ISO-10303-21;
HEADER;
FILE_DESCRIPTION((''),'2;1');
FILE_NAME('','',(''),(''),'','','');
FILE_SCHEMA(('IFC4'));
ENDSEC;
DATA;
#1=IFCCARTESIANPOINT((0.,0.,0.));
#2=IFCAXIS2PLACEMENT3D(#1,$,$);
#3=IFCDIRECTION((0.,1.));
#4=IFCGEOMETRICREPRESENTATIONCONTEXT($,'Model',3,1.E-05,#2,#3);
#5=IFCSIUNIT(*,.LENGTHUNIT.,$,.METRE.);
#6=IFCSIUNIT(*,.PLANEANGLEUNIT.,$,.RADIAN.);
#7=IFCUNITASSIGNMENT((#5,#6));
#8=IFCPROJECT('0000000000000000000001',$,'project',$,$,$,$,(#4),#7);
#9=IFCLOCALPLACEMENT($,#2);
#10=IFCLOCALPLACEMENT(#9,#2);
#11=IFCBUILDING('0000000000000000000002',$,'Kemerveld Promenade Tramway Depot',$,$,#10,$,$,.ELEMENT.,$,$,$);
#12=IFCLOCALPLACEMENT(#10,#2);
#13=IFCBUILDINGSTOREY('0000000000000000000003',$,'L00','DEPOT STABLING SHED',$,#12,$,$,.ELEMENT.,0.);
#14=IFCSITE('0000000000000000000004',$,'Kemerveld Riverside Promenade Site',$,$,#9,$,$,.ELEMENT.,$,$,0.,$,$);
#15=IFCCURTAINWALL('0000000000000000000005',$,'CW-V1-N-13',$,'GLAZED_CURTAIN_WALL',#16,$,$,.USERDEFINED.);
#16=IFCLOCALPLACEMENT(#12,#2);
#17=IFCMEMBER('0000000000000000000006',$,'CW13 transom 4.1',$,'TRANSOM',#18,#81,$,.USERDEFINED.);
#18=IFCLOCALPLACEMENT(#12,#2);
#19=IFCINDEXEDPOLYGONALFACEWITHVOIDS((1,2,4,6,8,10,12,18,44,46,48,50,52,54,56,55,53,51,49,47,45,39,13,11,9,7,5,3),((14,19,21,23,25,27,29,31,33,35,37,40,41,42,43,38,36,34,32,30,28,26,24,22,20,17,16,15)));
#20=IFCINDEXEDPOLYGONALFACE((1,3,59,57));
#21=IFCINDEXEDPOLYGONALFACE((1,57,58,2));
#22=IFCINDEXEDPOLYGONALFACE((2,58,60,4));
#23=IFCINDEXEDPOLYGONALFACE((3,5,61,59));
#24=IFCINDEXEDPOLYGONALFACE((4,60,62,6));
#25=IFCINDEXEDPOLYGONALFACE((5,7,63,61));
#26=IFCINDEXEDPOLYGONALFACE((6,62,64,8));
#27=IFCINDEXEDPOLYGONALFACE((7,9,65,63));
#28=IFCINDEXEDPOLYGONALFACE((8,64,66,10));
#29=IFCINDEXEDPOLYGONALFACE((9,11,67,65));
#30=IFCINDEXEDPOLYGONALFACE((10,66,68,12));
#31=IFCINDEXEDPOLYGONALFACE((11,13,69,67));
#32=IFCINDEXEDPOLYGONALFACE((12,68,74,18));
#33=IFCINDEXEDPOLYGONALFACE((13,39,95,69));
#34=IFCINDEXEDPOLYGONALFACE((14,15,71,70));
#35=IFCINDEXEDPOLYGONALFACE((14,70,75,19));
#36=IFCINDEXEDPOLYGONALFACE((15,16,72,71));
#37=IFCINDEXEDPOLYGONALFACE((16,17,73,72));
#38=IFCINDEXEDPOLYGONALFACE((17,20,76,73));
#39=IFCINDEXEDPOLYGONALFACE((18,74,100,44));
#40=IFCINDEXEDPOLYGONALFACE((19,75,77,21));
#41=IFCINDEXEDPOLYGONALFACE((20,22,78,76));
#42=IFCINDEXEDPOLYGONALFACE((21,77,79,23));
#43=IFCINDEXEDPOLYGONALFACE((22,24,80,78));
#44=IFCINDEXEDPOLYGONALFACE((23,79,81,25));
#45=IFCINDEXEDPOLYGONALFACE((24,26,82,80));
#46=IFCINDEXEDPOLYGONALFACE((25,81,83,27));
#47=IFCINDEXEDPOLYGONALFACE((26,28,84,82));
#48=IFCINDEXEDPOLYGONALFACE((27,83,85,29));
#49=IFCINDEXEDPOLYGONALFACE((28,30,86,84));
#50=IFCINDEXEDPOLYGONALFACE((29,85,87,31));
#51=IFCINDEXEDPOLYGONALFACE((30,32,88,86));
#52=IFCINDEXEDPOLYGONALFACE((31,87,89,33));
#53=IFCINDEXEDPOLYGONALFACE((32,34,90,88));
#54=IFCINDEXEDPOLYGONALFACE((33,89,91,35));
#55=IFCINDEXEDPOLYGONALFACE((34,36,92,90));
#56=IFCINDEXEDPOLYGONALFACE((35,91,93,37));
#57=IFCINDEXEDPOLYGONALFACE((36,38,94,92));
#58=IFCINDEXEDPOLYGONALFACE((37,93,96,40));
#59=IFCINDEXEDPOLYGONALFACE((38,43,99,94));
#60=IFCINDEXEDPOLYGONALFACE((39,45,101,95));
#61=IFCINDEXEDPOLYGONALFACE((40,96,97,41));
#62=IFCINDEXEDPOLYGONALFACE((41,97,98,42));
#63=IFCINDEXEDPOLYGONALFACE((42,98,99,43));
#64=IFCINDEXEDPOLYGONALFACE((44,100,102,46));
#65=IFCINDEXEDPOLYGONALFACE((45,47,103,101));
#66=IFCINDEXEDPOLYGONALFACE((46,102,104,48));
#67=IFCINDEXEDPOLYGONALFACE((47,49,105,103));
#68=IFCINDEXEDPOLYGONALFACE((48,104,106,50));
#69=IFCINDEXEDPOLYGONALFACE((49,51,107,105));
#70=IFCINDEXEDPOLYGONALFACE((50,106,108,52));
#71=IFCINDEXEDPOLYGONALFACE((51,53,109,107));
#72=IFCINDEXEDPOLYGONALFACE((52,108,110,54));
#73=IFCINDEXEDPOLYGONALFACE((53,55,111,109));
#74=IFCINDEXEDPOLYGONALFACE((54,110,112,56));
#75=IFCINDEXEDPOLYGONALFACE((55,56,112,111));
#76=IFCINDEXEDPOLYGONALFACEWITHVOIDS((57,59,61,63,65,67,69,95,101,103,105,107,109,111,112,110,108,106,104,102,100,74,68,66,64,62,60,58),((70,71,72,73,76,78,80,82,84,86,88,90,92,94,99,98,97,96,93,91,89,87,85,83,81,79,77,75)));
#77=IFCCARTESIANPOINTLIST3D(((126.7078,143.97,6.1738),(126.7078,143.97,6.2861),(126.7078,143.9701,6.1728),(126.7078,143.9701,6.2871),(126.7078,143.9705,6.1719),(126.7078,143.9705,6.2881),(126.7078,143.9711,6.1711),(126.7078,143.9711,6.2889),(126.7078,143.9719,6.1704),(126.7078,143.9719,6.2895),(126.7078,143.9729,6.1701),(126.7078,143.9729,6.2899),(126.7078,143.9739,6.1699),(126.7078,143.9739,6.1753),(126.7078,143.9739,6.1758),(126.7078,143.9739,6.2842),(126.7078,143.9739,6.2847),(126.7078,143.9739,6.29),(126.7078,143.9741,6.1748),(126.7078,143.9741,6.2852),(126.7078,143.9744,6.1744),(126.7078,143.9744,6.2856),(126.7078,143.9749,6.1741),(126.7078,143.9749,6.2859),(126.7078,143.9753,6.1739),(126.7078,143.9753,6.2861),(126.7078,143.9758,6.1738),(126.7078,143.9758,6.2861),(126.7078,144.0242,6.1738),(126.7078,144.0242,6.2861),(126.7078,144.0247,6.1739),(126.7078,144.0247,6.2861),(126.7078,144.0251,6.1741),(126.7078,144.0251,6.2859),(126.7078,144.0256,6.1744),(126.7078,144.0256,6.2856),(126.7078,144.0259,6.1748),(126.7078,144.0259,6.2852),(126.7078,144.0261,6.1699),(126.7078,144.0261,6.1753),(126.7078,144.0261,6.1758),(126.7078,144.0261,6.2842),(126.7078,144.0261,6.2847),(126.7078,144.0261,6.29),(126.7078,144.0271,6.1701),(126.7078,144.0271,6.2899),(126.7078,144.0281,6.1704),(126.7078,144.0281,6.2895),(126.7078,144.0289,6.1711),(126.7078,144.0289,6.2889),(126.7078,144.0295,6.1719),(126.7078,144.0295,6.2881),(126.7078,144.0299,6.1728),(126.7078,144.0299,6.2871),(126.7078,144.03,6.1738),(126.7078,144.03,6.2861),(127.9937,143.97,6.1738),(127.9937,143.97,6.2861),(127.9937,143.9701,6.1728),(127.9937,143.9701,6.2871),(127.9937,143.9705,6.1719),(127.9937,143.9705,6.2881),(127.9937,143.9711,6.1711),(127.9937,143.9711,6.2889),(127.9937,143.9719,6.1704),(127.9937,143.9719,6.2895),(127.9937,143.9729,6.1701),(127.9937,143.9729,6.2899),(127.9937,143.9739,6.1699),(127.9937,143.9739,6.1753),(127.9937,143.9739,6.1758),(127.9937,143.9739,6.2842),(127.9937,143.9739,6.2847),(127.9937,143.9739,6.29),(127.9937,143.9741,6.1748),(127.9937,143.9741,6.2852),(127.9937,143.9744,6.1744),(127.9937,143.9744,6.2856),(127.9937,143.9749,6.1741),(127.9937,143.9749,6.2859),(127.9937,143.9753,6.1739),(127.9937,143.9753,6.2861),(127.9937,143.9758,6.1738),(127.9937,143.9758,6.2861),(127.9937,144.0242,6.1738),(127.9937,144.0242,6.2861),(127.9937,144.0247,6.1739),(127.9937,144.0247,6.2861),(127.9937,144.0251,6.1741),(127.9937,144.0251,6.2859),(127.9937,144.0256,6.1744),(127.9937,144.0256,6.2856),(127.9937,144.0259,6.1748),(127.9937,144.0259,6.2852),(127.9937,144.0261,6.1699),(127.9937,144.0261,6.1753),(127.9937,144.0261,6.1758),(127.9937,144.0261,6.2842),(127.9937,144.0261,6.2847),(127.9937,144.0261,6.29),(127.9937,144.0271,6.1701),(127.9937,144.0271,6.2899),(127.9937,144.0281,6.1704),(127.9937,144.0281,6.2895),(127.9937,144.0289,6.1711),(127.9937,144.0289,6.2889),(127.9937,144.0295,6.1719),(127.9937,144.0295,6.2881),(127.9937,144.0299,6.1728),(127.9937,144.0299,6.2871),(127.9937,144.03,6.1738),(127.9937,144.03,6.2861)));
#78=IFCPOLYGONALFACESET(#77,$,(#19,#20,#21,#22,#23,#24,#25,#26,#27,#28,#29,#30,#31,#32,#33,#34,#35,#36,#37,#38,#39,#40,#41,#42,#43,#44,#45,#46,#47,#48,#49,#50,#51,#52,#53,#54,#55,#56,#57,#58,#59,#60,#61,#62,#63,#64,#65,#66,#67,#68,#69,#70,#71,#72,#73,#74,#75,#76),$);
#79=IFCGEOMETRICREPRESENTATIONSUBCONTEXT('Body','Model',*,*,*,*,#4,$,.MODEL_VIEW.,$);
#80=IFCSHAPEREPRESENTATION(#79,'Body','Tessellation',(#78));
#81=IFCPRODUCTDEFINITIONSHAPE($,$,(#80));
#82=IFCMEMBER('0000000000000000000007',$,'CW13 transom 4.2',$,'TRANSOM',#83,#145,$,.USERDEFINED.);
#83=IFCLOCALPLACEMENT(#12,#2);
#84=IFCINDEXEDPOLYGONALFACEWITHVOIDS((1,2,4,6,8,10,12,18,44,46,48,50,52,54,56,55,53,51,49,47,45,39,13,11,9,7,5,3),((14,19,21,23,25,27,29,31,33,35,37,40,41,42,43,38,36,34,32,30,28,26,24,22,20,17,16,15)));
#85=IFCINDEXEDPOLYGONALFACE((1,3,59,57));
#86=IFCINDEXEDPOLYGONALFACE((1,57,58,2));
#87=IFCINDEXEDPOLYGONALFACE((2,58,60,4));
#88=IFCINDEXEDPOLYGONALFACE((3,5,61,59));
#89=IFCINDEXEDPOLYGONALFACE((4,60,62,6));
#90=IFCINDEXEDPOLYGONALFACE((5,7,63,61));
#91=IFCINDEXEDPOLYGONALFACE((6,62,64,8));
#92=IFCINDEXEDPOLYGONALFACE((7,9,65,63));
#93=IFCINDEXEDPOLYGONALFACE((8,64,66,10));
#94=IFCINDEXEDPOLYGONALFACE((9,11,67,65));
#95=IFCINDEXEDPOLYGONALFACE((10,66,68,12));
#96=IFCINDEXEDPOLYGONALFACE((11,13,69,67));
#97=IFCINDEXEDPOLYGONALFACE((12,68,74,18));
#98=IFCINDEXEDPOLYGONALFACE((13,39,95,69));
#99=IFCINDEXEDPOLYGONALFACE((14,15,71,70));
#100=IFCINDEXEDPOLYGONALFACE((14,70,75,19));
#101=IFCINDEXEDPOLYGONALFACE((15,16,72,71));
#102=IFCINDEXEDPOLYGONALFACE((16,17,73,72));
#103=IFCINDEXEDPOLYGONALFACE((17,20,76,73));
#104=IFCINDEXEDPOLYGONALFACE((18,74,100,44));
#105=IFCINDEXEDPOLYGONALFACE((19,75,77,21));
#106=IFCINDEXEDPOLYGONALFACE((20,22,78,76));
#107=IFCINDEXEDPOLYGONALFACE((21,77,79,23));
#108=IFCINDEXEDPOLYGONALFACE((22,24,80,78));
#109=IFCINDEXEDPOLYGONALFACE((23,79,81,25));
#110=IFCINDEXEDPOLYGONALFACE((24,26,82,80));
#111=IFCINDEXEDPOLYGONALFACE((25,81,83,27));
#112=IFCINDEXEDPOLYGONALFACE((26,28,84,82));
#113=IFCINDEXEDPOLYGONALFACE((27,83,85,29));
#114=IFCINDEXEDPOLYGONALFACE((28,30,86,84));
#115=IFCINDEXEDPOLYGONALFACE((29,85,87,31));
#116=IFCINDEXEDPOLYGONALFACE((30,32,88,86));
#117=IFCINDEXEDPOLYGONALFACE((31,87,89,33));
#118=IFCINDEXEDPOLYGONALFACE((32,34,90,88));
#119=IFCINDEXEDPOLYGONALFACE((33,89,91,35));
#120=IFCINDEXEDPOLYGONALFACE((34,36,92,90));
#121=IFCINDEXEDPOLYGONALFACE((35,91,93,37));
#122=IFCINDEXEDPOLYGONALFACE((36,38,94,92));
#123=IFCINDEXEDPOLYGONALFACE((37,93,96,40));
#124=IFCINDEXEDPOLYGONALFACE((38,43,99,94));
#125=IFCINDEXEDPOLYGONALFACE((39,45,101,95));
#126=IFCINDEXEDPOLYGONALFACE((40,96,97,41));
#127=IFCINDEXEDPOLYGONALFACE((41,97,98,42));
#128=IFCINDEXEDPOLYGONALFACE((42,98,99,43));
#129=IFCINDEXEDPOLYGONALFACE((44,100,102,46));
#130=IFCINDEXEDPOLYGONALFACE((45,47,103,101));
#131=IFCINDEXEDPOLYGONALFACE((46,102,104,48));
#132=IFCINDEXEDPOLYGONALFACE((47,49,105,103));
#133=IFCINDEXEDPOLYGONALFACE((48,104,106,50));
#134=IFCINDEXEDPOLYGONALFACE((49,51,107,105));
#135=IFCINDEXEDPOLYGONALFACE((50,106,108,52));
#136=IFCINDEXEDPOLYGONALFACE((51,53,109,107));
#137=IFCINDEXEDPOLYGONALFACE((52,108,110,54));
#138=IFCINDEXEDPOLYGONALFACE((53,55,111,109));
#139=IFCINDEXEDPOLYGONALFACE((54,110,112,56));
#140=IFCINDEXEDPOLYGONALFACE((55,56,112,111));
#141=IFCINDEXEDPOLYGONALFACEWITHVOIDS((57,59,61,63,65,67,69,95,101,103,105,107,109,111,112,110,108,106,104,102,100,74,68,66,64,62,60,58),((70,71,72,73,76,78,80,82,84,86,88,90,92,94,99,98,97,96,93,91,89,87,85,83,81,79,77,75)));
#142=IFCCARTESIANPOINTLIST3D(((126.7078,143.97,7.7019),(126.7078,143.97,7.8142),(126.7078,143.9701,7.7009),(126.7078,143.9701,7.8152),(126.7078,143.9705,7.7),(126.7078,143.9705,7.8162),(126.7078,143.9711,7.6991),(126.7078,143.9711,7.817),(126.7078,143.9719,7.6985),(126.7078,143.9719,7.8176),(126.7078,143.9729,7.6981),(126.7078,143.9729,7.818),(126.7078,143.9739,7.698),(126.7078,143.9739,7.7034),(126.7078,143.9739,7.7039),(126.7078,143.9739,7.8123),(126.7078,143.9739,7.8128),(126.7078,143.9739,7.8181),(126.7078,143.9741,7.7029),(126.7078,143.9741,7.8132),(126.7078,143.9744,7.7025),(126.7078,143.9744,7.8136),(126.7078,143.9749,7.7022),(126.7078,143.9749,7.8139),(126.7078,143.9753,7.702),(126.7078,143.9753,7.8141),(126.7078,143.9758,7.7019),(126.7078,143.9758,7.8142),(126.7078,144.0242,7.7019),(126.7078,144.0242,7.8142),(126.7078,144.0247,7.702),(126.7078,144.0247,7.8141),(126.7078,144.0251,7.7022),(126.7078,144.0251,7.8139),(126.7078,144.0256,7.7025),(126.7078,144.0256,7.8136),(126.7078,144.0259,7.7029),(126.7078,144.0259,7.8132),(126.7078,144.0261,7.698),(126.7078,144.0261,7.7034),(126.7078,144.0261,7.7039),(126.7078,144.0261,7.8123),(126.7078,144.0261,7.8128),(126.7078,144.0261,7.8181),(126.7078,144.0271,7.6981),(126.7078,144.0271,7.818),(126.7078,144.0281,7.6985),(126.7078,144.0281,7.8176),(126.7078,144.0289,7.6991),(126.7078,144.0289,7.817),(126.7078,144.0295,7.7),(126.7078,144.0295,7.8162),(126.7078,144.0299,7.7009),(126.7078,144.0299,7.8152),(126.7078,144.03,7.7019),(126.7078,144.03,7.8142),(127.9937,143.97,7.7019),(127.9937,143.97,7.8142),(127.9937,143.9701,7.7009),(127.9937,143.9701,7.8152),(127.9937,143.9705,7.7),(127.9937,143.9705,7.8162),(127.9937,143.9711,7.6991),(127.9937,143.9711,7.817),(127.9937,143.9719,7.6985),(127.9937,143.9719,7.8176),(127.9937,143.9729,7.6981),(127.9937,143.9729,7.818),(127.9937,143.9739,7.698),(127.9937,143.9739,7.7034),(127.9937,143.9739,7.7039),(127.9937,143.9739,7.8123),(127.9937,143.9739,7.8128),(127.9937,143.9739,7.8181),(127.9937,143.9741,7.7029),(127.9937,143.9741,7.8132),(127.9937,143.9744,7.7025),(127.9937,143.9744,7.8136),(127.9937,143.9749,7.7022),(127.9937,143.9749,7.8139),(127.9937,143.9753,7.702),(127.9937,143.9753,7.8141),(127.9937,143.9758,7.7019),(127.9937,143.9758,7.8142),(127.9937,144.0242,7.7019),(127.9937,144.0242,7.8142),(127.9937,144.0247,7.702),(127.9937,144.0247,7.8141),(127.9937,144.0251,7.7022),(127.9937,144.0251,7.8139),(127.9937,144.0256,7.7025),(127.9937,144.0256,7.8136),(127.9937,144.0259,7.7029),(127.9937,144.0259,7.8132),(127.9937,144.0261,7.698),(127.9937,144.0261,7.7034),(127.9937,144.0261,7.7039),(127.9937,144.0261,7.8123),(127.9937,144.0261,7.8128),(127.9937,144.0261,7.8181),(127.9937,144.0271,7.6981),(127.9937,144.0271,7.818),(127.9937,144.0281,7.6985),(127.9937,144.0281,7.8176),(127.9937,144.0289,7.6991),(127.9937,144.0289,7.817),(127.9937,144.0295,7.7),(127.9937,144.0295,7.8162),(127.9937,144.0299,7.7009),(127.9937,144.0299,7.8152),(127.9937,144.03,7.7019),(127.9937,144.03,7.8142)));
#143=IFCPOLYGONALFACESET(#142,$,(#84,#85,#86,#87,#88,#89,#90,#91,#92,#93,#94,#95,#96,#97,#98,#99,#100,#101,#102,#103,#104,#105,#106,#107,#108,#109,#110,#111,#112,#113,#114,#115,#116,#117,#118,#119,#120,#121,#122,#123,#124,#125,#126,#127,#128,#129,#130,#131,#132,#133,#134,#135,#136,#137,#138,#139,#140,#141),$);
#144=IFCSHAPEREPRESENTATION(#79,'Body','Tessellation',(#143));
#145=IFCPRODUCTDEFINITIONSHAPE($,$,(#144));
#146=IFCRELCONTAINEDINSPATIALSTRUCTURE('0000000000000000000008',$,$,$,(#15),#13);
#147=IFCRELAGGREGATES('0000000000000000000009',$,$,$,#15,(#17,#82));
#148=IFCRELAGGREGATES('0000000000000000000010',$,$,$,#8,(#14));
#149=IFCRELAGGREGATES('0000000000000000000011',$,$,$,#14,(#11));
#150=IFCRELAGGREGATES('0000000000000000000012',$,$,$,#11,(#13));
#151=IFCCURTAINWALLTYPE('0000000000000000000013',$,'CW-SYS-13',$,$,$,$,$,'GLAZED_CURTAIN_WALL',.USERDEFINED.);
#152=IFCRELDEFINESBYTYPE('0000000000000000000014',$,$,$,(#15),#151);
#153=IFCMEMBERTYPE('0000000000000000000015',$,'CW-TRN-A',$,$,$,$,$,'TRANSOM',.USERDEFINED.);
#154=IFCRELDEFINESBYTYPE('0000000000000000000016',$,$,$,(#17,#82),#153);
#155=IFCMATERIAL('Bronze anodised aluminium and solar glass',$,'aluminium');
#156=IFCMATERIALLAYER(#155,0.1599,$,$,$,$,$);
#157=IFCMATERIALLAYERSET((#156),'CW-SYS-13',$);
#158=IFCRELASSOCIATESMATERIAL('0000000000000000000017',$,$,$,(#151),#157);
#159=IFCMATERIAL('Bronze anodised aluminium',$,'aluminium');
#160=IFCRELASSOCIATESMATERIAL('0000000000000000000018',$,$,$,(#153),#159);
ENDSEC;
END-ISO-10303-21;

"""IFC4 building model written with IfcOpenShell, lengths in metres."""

from ifc_helpers import new_model, si_unit, direction, frame, origin, origin_2d, place, context, subcontext, project, spatial, hollow_rectangle, extrude, material, layer, layer_set, material_profile, profile_set, type_object, element, aggregate, save


model = new_model("IFC4")

# Units and contexts
model_context = context("Model", 3, precision=1e-05, world=origin(), true_north=direction((0.0, 1.0)))
body_context = subcontext(model_context, "Body", "Model", "MODEL_VIEW")
ifc_project = project(units=[si_unit("LENGTHUNIT", "METRE"), si_unit("PLANEANGLEUNIT", "RADIAN")], contexts=[model_context])

# Site, building, storey
site_placement = place(None, origin())
site = spatial("IfcSite", under=ifc_project, at=site_placement, Name="Kemerveld Riverside Promenade Site", CompositionType="ELEMENT", RefElevation=0.0)
building_placement = place(site_placement, origin())
building = spatial("IfcBuilding", under=site, at=building_placement, Name="Kemerveld Promenade Tramway Depot", CompositionType="ELEMENT")
storey_placement = place(building_placement, origin())
storey = spatial("IfcBuildingStorey", under=building, at=storey_placement, Name="L00", Description="DEPOT STABLING SHED", CompositionType="ELEMENT", Elevation=0.0)

# Curtain wall, members
ifc_material_1 = material(Name="Bronze anodised aluminium and solar glass", Category="aluminium")
ifc_layer_1 = layer(ifc_material_1, 0.1599)
ifc_layer_set_1 = layer_set([ifc_layer_1], Name="CW-SYS-13")
curtain_wall_type = type_object("IfcCurtainWallType", Name="CW-SYS-13", ElementType="GLAZED_CURTAIN_WALL", PredefinedType="USERDEFINED", material=ifc_layer_set_1)
curtain_wall_placement = place(storey_placement, origin())
curtain_wall = element("IfcCurtainWall", 1, at=curtain_wall_placement, inside=storey, type_object=curtain_wall_type, Name="CW-V1-N-13", ObjectType="GLAZED_CURTAIN_WALL", PredefinedType="USERDEFINED")
ifc_material_2 = material(Name="Bronze anodised aluminium", Category="aluminium")
ifc_material_profile_1 = material_profile(ifc_material_2, hollow_rectangle(XDim=0.0601, YDim=0.1201, WallThickness=0.0039, InnerFilletRadius=0.002, OuterFilletRadius=0.0039, at=origin_2d()), Name="CW-TRN-120x60")
ifc_profile_set_1 = profile_set([ifc_material_profile_1], Name="Bronze anodised aluminium")
member_type_1 = type_object("IfcMemberType", Name="CW-TRN-A", ElementType="TRANSOM", PredefinedType="USERDEFINED", material=ifc_profile_set_1)
member_1_placement = place(storey_placement, frame((126.7078, 144.0, 6.23), z_axis=(1.0, 0.0, 0.0), x_axis=(0.0, 1.0, 0.0)))
member_1 = element("IfcMember", 2, at=member_1_placement, type_object=member_type_1, Name="CW13 transom 4.1", ObjectType="TRANSOM", PredefinedType="USERDEFINED", context=body_context, shape_type="SweptSolid", body=[
    extrude(hollow_rectangle(XDim=0.0601, YDim=0.1201, WallThickness=0.0039, InnerFilletRadius=0.002, OuterFilletRadius=0.0039, at=origin_2d()), origin(), (0.0, 0.0, 1.0), 1.2859),
])
member_2_placement = place(storey_placement, frame((126.7078, 144.0, 7.7581), z_axis=(1.0, 0.0, 0.0), x_axis=(0.0, 1.0, 0.0)))
member_2 = element("IfcMember", 3, at=member_2_placement, type_object=member_type_1, Name="CW13 transom 4.2", ObjectType="TRANSOM", PredefinedType="USERDEFINED", context=body_context, shape_type="SweptSolid", body=[
    extrude(hollow_rectangle(XDim=0.0601, YDim=0.1201, WallThickness=0.0039, InnerFilletRadius=0.002, OuterFilletRadius=0.0039, at=origin_2d()), origin(), (0.0, 0.0, 1.0), 1.2859),
])
aggregate(curtain_wall, [member_1, member_2])

save(model, "model.ifc")
